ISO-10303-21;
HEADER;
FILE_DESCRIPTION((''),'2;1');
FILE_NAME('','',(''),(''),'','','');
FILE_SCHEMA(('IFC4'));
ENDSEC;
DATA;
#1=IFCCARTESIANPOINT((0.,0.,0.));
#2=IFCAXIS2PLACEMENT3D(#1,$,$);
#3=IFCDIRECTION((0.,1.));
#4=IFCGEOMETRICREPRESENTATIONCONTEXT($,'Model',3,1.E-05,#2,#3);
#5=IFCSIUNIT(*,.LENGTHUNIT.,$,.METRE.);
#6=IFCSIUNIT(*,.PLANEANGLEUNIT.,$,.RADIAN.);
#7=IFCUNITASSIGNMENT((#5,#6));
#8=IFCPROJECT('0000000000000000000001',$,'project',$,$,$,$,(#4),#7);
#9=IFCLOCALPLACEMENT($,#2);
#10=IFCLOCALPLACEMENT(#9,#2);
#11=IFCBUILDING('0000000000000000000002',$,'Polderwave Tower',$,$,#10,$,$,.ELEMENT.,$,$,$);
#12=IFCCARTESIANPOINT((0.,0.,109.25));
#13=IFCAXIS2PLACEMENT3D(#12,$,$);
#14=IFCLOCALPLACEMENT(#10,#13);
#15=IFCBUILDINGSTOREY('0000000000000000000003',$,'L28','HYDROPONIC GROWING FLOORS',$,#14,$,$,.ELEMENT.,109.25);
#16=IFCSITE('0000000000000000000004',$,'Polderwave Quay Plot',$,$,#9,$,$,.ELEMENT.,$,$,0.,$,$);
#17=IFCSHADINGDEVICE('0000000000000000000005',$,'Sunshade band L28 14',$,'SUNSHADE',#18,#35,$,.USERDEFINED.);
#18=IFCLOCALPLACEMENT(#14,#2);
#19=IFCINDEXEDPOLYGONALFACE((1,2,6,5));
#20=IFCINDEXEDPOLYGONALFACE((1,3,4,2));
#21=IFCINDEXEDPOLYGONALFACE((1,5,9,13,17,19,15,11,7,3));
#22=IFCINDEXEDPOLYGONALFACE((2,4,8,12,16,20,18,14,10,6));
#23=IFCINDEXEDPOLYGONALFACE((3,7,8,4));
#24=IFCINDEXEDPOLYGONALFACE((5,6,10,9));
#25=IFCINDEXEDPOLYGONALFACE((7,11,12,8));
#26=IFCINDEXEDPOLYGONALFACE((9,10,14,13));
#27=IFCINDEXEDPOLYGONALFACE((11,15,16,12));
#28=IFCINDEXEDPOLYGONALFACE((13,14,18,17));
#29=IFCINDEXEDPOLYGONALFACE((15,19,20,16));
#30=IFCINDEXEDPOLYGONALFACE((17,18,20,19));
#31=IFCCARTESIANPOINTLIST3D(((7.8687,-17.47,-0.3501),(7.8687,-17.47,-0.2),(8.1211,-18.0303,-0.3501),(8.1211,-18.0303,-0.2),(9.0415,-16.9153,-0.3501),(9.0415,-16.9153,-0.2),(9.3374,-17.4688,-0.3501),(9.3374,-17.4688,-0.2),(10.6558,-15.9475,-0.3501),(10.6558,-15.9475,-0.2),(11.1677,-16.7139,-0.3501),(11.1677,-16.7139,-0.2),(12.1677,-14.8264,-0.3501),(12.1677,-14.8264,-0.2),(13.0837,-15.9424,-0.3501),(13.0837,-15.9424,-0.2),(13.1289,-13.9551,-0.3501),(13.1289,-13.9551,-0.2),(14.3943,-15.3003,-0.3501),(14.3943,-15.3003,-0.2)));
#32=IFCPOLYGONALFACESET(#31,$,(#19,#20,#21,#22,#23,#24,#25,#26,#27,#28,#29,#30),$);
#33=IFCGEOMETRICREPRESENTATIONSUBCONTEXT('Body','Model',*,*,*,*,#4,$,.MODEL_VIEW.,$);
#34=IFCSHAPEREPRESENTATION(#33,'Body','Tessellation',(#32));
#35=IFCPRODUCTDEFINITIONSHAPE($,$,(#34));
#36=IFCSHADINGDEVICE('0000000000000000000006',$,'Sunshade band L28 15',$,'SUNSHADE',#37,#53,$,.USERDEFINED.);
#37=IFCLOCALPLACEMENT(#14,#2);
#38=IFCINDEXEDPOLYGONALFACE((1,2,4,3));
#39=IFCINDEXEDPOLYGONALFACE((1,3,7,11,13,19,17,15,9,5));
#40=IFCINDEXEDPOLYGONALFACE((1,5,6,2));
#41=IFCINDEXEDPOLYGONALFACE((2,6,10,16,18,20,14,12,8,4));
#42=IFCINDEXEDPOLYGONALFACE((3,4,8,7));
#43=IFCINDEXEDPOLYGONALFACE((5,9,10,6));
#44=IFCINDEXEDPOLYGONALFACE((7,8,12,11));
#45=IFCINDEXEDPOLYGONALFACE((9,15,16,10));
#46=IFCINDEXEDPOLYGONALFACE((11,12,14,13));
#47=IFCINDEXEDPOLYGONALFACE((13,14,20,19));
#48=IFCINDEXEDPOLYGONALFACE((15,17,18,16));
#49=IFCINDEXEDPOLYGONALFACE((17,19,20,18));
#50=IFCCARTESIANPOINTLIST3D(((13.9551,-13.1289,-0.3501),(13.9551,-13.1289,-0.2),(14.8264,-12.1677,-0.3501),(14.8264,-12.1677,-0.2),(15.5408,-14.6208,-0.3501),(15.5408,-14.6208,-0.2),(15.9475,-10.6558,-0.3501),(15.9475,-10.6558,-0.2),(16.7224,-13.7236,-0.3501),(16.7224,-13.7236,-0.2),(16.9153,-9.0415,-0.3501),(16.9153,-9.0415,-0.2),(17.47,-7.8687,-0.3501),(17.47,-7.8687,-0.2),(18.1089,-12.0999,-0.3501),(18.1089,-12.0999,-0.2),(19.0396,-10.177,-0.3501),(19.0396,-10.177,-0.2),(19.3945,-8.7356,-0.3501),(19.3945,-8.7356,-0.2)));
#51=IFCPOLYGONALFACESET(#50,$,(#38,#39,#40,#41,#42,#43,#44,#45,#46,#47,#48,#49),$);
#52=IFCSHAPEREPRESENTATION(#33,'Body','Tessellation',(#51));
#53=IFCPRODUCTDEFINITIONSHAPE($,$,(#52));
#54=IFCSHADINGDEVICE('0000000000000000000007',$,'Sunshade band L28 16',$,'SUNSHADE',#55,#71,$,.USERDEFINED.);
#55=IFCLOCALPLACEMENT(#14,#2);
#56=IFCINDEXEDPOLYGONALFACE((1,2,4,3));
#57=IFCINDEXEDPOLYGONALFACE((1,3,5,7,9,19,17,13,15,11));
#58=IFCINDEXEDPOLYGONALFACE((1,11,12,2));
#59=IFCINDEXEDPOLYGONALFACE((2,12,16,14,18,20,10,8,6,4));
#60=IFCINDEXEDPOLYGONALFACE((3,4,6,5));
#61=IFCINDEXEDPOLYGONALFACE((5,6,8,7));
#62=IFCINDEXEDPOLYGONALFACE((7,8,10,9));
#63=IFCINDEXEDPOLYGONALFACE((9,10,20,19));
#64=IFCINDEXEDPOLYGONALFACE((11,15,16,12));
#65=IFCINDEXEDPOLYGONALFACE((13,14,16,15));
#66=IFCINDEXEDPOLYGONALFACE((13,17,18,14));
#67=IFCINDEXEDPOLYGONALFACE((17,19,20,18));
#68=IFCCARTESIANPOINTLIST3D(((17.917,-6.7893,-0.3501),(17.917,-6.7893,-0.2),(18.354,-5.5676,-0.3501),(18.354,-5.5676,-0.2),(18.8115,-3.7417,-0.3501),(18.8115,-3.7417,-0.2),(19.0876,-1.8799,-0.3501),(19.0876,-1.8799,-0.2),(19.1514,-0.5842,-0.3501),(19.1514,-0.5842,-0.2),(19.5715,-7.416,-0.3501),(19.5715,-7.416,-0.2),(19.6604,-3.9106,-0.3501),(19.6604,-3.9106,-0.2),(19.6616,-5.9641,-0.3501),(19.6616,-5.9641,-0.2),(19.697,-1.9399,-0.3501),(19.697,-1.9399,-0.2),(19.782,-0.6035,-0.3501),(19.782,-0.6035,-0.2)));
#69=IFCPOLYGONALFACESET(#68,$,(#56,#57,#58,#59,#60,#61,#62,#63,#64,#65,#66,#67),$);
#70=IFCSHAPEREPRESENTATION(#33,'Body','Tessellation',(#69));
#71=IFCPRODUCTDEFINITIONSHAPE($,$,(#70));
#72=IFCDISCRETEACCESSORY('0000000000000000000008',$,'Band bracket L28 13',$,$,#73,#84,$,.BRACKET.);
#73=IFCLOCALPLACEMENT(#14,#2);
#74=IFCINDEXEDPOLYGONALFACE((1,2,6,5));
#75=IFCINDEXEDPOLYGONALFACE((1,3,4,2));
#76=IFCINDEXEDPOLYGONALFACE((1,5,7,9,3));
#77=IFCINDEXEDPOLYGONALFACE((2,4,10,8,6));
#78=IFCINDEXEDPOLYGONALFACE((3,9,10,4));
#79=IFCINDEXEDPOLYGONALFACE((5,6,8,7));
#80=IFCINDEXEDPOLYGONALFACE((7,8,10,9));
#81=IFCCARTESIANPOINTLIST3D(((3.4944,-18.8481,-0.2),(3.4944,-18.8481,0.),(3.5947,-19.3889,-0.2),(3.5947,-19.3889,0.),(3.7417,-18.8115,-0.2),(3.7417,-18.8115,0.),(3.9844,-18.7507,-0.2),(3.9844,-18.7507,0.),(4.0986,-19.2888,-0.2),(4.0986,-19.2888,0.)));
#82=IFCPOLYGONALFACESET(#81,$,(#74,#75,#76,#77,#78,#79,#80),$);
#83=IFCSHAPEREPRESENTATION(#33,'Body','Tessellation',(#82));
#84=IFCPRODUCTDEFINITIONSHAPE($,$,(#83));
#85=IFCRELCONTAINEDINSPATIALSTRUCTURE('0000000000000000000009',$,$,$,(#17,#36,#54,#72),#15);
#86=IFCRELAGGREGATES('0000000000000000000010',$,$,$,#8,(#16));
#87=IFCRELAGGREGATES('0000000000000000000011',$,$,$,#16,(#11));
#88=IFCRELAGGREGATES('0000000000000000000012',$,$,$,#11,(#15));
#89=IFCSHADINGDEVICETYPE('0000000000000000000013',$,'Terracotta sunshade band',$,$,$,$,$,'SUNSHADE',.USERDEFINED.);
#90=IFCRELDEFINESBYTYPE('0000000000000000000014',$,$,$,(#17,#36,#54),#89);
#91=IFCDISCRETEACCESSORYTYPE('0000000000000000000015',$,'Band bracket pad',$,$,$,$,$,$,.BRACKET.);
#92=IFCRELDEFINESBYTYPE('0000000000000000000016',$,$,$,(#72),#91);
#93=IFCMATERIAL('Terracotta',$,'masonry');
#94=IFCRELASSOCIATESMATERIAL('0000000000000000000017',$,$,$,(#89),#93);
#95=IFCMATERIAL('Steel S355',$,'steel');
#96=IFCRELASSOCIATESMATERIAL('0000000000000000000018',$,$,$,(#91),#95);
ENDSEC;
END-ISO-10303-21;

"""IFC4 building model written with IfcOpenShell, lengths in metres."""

from ifc_helpers import new_model, si_unit, direction, frame, origin, place, context, subcontext, project, spatial, polyline, outline, extrude, material, type_object, element, save


model = new_model("IFC4")

# Units and contexts
model_context = context("Model", 3, precision=1e-05, world=origin(), true_north=direction((0.0, 1.0)))
body_context = subcontext(model_context, "Body", "Model", "MODEL_VIEW")
ifc_project = project(units=[si_unit("LENGTHUNIT", "METRE"), si_unit("PLANEANGLEUNIT", "RADIAN")], contexts=[model_context])

# Site, building, storey
site_placement = place(None, origin())
site = spatial("IfcSite", under=ifc_project, at=site_placement, Name="Polderwave Quay Plot", CompositionType="ELEMENT", RefElevation=0.0)
building_placement = place(site_placement, origin())
building = spatial("IfcBuilding", under=site, at=building_placement, Name="Polderwave Tower", CompositionType="ELEMENT")
storey_placement = place(building_placement, frame((0.0, 0.0, 109.25)))
storey = spatial("IfcBuildingStorey", under=building, at=storey_placement, Name="L28", Description="HYDROPONIC GROWING FLOORS", CompositionType="ELEMENT", Elevation=109.25)

# Shading devices
ifc_material_1 = material(Name="Terracotta", Category="masonry")
shading_device_type = type_object("IfcShadingDeviceType", Name="Terracotta sunshade band", ElementType="SUNSHADE", PredefinedType="USERDEFINED", material=ifc_material_1)
shading_device_1_placement = place(storey_placement, frame((0.0, 0.0, -0.3501)))
element("IfcShadingDevice", 1, at=shading_device_1_placement, inside=storey, type_object=shading_device_type, Name="Sunshade band L28 14", ObjectType="SUNSHADE", PredefinedType="USERDEFINED", context=body_context, shape_type="SweptSolid", body=[
    extrude(outline(polyline([(7.8687, -17.47), (9.0415, -16.9153), (10.6558, -15.9475), (12.1677, -14.8264), (13.1289, -13.9551), (14.3943, -15.3003), (13.0837, -15.9424), (11.1677, -16.7139), (9.3374, -17.4688), (8.1211, -18.0303), (7.8687, -17.47)])), origin(), (0.0, 0.0, 1.0), 0.1501),
])
shading_device_2_placement = place(storey_placement, frame((0.0, 0.0, -0.3501)))
element("IfcShadingDevice", 2, at=shading_device_2_placement, inside=storey, type_object=shading_device_type, Name="Sunshade band L28 15", ObjectType="SUNSHADE", PredefinedType="USERDEFINED", context=body_context, shape_type="SweptSolid", body=[
    extrude(outline(polyline([(13.9551, -13.1289), (14.8264, -12.1677), (15.9475, -10.6558), (16.9153, -9.0415), (17.47, -7.8687), (19.3945, -8.7356), (19.0396, -10.177), (18.1089, -12.0999), (16.7224, -13.7236), (15.5408, -14.6208), (13.9551, -13.1289)])), origin(), (0.0, 0.0, 1.0), 0.1501),
])
shading_device_3_placement = place(storey_placement, frame((0.0, 0.0, -0.3501)))
element("IfcShadingDevice", 3, at=shading_device_3_placement, inside=storey, type_object=shading_device_type, Name="Sunshade band L28 16", ObjectType="SUNSHADE", PredefinedType="USERDEFINED", context=body_context, shape_type="SweptSolid", body=[
    extrude(outline(polyline([(17.917, -6.7893), (18.354, -5.5676), (18.8115, -3.7417), (19.0876, -1.8799), (19.1514, -0.5842), (19.782, -0.6035), (19.697, -1.9399), (19.6604, -3.9106), (19.6616, -5.9641), (19.5715, -7.416), (17.917, -6.7893)])), origin(), (0.0, 0.0, 1.0), 0.1501),
])

# Discrete accessory
ifc_material_2 = material(Name="Steel S355", Category="steel")
discrete_accessory_type = type_object("IfcDiscreteAccessoryType", Name="Band bracket pad", PredefinedType="BRACKET", material=ifc_material_2)
discrete_accessory_placement = place(storey_placement, frame((0.0, 0.0, -0.2)))
element("IfcDiscreteAccessory", 4, at=discrete_accessory_placement, inside=storey, type_object=discrete_accessory_type, Name="Band bracket L28 13", PredefinedType="BRACKET", context=body_context, shape_type="SweptSolid", body=[
    extrude(outline(polyline([(3.4944, -18.8481), (3.7417, -18.8115), (3.9844, -18.7507), (4.0986, -19.2888), (3.5947, -19.3889), (3.4944, -18.8481)])), origin(), (0.0, 0.0, 1.0), 0.2),
])

save(model, "model.ifc")
